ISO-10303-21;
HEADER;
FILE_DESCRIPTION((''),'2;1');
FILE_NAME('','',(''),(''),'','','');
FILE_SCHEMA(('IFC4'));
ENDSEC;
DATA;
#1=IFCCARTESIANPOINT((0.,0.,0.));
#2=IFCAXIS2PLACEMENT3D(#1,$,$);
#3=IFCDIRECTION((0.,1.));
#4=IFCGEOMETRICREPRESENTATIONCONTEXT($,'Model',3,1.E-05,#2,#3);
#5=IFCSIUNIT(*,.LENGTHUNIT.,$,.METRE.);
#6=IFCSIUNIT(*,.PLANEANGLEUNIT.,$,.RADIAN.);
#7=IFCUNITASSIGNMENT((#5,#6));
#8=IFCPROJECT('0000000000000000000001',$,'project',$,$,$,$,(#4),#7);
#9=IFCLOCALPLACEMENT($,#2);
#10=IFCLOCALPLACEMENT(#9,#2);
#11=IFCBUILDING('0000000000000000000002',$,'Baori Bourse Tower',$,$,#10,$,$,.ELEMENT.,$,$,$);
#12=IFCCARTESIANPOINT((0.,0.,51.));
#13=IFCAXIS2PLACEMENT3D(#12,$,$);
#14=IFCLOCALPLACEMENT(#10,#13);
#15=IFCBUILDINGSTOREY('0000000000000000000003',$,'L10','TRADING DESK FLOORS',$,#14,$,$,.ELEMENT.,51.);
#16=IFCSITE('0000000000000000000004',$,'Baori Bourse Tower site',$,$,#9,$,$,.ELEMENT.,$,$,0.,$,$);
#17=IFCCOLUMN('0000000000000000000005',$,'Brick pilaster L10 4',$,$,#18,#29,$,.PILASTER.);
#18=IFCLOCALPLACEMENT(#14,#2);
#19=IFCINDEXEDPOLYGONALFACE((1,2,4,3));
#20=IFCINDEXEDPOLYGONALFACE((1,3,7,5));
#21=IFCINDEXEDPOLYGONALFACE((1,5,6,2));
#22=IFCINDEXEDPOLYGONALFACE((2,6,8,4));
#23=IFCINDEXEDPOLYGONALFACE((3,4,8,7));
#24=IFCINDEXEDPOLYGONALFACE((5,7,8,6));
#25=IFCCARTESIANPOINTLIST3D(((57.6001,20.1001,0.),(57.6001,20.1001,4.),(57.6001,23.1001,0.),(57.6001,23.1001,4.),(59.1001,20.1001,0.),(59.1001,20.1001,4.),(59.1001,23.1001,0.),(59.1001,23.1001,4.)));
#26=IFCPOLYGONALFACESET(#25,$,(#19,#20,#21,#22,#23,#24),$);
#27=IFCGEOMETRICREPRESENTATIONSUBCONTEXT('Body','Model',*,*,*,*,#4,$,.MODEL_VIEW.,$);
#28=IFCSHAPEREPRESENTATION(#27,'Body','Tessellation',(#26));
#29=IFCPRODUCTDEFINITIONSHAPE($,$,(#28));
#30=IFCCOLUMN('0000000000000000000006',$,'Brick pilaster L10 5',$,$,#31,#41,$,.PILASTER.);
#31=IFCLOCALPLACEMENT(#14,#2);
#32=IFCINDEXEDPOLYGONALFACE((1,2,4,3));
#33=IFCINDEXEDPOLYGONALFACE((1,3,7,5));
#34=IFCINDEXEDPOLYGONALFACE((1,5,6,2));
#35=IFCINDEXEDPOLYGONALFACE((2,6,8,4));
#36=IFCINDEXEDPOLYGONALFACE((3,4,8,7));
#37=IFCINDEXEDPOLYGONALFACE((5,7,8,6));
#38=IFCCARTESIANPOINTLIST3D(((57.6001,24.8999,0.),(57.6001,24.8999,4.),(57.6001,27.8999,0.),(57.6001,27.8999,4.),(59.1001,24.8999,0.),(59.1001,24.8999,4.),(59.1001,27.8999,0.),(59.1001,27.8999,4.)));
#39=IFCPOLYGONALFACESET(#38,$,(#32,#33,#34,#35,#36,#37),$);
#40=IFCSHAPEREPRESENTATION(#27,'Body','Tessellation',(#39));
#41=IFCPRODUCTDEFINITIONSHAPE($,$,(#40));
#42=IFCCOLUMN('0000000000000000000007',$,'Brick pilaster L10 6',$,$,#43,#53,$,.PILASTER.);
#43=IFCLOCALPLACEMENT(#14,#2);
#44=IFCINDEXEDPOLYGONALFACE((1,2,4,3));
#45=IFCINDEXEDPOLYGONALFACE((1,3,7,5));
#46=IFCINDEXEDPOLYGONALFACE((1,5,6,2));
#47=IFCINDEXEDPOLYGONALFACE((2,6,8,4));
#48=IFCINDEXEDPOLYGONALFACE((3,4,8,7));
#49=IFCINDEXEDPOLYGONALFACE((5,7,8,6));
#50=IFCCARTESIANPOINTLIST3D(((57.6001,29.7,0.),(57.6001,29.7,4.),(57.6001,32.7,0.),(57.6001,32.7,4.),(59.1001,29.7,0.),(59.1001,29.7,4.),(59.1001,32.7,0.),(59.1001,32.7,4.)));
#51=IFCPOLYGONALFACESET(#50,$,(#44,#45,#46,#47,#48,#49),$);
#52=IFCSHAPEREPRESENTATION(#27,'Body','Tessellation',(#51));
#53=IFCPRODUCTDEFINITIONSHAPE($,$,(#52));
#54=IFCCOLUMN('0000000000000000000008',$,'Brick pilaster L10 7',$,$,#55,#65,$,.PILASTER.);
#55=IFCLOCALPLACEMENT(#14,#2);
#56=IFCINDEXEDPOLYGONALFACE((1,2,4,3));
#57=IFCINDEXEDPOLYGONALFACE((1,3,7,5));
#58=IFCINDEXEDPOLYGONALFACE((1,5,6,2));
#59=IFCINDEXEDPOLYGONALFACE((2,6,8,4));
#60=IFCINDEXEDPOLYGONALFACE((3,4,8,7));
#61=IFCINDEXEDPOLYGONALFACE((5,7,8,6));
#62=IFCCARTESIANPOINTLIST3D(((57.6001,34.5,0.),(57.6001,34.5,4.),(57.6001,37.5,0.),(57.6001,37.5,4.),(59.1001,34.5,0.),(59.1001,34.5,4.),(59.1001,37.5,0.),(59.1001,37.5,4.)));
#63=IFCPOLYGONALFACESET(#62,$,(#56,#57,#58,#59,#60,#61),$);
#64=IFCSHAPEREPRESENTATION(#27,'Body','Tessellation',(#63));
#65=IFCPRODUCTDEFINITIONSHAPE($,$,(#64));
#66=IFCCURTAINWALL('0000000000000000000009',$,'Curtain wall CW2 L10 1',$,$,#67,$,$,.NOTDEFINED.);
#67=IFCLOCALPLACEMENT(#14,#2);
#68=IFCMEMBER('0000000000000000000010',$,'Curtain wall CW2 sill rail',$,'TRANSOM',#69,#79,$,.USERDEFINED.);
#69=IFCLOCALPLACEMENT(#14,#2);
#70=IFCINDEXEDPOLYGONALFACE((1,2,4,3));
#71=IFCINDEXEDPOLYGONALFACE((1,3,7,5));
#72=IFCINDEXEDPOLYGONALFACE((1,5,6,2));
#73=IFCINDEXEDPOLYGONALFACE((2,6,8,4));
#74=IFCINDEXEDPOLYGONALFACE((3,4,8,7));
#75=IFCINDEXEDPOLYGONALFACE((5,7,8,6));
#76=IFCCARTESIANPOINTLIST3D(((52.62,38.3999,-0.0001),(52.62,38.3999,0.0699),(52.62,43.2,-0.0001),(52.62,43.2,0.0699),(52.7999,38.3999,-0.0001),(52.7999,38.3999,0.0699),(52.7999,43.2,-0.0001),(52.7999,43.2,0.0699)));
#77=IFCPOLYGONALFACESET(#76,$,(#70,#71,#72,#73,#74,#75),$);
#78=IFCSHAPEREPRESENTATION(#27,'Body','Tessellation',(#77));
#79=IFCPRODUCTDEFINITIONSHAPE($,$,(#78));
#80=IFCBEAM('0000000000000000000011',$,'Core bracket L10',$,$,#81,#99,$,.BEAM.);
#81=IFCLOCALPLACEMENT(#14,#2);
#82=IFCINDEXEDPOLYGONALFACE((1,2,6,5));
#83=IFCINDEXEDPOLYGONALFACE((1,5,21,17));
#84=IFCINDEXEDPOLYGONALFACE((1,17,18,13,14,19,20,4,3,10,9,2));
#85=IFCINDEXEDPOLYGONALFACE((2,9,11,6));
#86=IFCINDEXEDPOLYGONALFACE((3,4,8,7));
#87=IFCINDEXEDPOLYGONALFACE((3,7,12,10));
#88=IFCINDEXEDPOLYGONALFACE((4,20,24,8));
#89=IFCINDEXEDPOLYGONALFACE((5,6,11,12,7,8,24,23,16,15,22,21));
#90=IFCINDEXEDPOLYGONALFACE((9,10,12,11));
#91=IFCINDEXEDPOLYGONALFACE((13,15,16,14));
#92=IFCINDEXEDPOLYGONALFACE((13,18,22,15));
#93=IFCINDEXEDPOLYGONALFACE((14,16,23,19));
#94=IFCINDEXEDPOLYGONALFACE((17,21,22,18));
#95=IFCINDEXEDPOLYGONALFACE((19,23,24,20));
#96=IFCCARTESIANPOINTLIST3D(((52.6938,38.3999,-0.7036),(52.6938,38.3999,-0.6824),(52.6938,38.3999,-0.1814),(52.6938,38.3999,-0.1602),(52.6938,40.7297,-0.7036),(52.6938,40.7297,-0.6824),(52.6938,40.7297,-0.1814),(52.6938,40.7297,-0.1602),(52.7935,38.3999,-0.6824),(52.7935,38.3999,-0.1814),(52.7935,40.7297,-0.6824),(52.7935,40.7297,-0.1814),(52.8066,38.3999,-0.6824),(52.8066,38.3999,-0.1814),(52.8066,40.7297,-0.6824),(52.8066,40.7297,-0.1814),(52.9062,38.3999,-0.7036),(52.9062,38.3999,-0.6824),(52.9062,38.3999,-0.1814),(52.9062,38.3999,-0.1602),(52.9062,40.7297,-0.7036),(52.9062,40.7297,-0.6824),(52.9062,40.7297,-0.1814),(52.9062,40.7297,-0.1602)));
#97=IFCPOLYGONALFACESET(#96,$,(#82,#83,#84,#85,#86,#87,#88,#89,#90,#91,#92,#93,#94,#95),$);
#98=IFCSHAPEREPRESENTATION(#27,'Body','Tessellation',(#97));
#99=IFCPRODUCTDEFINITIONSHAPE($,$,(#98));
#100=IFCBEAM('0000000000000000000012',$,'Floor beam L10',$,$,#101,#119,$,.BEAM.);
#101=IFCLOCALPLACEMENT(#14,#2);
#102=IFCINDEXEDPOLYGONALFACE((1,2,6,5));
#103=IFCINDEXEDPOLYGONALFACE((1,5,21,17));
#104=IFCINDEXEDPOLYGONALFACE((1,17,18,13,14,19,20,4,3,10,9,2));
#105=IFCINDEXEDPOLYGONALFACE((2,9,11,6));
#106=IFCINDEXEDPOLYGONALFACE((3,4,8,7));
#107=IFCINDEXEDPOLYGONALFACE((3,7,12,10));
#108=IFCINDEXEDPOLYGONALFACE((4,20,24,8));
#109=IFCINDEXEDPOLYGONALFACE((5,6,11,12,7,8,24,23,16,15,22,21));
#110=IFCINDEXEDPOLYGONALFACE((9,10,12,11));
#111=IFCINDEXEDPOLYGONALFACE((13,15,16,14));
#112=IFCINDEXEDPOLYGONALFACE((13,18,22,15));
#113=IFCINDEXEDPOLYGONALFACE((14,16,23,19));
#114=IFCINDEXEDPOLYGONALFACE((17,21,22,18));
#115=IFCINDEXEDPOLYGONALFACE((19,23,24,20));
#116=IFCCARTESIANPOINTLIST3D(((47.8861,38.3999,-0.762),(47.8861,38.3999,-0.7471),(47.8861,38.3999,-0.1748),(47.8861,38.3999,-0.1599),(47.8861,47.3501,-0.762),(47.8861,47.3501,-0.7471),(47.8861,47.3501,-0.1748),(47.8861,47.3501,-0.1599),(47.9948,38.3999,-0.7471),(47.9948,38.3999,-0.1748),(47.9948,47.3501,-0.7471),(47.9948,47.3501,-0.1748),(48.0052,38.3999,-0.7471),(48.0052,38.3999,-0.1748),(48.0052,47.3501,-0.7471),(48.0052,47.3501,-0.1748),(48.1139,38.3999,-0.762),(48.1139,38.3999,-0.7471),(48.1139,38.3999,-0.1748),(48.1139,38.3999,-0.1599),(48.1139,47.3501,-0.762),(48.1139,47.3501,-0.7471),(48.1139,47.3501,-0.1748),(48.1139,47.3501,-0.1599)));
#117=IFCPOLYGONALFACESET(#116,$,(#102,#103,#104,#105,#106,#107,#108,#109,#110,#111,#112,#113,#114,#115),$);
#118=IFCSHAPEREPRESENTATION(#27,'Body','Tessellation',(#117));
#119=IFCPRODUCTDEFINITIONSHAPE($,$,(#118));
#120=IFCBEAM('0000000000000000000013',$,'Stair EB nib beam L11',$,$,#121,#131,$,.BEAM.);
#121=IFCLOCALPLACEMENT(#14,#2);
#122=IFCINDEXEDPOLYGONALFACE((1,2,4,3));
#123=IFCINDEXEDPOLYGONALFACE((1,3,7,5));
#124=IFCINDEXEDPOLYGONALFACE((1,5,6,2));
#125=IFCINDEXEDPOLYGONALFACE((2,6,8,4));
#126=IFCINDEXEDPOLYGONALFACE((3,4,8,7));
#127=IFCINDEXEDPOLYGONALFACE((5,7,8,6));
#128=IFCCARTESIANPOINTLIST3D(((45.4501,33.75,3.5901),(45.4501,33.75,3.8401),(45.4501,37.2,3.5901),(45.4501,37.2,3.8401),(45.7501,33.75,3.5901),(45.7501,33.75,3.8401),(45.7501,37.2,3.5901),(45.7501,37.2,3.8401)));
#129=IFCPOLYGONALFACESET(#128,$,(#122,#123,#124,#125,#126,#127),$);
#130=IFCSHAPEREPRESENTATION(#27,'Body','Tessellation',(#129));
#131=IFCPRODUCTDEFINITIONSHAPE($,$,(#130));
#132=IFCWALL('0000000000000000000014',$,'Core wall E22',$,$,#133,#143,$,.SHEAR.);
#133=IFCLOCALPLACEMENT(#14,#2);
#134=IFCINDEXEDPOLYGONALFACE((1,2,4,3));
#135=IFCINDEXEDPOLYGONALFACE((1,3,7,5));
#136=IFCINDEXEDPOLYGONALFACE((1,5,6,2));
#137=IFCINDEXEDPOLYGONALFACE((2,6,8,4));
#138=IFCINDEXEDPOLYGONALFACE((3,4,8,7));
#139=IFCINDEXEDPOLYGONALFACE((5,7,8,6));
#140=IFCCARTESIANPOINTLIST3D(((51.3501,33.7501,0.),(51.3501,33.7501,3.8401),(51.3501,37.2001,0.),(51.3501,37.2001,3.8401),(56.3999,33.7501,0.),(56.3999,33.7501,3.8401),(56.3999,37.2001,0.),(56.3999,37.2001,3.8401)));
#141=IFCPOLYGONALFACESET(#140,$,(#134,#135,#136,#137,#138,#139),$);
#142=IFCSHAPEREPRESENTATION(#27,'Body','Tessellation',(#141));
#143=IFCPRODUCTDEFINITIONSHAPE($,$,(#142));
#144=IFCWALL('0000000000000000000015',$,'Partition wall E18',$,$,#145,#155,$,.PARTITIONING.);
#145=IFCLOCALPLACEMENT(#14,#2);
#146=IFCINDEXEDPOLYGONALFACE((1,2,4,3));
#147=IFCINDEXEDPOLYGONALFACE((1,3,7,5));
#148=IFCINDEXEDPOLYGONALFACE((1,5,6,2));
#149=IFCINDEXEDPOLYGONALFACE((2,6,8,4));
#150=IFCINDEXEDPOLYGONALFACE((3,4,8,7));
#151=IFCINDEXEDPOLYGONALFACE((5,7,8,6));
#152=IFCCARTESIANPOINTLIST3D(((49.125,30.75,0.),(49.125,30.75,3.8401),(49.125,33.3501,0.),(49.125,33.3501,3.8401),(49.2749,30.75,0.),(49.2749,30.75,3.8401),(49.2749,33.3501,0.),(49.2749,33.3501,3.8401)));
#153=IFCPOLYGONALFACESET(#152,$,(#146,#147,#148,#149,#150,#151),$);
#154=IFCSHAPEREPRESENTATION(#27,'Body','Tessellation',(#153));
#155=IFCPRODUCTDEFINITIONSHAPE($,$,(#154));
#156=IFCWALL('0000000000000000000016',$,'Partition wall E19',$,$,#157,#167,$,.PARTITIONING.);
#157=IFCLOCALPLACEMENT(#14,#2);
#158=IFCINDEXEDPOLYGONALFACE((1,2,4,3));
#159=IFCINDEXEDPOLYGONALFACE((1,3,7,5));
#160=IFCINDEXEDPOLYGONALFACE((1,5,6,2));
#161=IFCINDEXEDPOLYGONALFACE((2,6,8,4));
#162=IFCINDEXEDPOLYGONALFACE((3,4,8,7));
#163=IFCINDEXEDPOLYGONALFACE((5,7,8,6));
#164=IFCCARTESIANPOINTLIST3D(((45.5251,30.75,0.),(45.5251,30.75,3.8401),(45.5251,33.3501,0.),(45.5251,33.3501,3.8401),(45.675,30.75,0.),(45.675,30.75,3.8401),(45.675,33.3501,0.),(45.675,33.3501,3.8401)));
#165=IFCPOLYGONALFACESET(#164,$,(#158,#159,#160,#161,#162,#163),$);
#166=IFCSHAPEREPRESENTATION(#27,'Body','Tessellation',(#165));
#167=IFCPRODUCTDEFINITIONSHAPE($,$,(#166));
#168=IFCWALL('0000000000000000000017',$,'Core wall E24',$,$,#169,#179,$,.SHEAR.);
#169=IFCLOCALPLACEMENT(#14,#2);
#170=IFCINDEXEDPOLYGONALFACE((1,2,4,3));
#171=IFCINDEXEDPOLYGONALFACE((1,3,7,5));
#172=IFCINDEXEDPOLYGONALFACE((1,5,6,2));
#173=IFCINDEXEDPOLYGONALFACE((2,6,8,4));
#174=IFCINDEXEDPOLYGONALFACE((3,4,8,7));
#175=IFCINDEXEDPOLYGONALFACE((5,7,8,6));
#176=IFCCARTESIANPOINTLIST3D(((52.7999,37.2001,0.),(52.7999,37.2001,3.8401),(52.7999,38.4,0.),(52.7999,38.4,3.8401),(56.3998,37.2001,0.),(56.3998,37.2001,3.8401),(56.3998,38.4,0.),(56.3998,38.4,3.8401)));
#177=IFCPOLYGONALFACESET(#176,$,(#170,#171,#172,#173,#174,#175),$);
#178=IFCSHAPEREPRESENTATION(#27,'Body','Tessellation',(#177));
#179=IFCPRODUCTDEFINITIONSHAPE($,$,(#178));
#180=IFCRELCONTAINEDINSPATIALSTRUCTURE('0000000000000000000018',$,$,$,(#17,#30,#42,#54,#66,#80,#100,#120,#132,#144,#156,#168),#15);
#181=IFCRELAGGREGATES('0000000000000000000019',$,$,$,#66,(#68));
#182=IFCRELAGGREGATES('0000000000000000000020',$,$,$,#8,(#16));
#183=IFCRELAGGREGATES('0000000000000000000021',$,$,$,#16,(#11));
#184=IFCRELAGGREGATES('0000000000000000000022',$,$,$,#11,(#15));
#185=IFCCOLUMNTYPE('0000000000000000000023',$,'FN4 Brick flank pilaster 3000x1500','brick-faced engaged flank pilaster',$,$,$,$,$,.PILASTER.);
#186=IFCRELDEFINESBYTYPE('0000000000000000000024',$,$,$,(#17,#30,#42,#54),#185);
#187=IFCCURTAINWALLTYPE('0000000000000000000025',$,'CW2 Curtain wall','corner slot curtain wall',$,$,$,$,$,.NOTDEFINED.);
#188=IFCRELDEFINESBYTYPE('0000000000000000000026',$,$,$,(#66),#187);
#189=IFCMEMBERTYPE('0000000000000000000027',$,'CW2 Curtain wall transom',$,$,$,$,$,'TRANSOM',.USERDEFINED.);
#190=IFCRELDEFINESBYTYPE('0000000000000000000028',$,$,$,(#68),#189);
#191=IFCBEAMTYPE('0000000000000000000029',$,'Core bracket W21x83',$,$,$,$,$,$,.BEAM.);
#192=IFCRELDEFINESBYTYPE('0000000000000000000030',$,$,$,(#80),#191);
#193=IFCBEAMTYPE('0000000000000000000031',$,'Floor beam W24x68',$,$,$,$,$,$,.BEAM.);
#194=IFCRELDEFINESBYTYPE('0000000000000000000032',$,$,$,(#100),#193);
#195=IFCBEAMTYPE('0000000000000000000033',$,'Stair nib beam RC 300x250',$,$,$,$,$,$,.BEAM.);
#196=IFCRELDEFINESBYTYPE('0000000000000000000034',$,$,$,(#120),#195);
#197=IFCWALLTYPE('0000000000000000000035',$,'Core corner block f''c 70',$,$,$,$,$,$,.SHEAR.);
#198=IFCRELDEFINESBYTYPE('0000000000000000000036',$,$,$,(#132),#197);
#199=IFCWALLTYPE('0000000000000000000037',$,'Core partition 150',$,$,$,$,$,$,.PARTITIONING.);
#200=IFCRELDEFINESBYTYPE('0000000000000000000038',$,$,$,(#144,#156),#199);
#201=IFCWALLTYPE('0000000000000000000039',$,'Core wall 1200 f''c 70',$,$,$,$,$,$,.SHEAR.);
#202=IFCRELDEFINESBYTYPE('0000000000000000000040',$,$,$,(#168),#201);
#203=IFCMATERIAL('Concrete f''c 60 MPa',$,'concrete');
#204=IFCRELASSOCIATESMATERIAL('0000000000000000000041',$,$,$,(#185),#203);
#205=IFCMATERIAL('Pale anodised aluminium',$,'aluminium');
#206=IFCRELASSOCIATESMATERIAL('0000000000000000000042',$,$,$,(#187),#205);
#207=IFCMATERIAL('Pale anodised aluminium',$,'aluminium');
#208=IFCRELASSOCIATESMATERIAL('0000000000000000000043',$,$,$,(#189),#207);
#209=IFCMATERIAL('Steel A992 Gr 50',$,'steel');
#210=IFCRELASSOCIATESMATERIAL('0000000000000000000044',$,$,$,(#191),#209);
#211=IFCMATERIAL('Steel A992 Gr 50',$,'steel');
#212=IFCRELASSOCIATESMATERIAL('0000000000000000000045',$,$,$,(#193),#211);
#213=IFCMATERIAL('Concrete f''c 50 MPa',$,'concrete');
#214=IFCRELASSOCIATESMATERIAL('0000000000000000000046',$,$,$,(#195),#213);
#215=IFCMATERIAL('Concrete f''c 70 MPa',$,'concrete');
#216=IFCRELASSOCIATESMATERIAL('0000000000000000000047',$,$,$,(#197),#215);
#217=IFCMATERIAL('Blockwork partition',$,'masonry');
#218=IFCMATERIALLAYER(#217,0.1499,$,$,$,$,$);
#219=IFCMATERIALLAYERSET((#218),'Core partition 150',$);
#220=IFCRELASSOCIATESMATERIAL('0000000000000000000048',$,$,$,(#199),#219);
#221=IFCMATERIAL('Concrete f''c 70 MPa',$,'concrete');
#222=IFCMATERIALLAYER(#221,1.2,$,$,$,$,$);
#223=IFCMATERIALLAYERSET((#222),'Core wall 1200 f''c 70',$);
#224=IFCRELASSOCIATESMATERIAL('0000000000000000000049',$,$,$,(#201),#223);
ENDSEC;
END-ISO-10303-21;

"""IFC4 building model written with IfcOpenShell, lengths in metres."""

from ifc_helpers import new_model, si_unit, direction, frame, frame_2d, origin, origin_2d, place, context, subcontext, project, spatial, rectangle, i_section, extrude, material, layer, layer_set, material_profile, profile_set, type_object, element, aggregate, save


model = new_model("IFC4")

# Units and contexts
model_context = context("Model", 3, precision=1e-05, world=origin(), true_north=direction((0.0, 1.0)))
body_context = subcontext(model_context, "Body", "Model", "MODEL_VIEW")
ifc_project = project(units=[si_unit("LENGTHUNIT", "METRE"), si_unit("PLANEANGLEUNIT", "RADIAN")], contexts=[model_context])

# Site, building, storey
site_placement = place(None, origin())
site = spatial("IfcSite", under=ifc_project, at=site_placement, Name="Baori Bourse Tower site", CompositionType="ELEMENT", RefElevation=0.0)
building_placement = place(site_placement, origin())
building = spatial("IfcBuilding", under=site, at=building_placement, Name="Baori Bourse Tower", CompositionType="ELEMENT")
storey_placement = place(building_placement, frame((0.0, 0.0, 51.0)))
storey = spatial("IfcBuildingStorey", under=building, at=storey_placement, Name="L10", Description="TRADING DESK FLOORS", CompositionType="ELEMENT", Elevation=51.0)

# Columns
ifc_material_1 = material(Name="Concrete f'c 60 MPa", Category="concrete")
ifc_material_profile_1 = material_profile(ifc_material_1, rectangle(XDim=3.0, YDim=1.5, at=origin_2d()), Name="RC 3000x1500")
ifc_profile_set_1 = profile_set([ifc_material_profile_1], Name="Concrete f'c 60 MPa")
column_type = type_object("IfcColumnType", Name="FN4 Brick flank pilaster 3000x1500", Description="brick-faced engaged flank pilaster", PredefinedType="PILASTER", material=ifc_profile_set_1)
for number, where, z_axis, x_axis, name in (
    (1, (58.3501, 21.6001, 0.0), (0.0, 0.0, 1.0), (0.0, 1.0, 0.0), "Brick pilaster L10 4"),
    (2, (58.3501, 26.3999, 0.0), (0.0, 0.0, 1.0), (0.0, 1.0, 0.0), "Brick pilaster L10 5"),
    (3, (58.3501, 31.2, 0.0), (0.0, 0.0, 1.0), (0.0, 1.0, 0.0), "Brick pilaster L10 6"),
    (4, (58.3501, 36.0, 0.0), (0.0, 0.0, 1.0), (0.0, 1.0, 0.0), "Brick pilaster L10 7"),
):
    element("IfcColumn", number, at=place(storey_placement, frame(where, z_axis=z_axis, x_axis=x_axis)), inside=storey, type_object=column_type, Name=name, PredefinedType="PILASTER", context=body_context, shape_type="SweptSolid", body=[
        extrude(rectangle(XDim=3.0, YDim=1.5, at=origin_2d()), origin(), (0.0, 0.0, 1.0), 4.0),
    ])

# Curtain wall, member
ifc_material_2 = material(Name="Pale anodised aluminium", Category="aluminium")
curtain_wall_type = type_object("IfcCurtainWallType", Name="CW2 Curtain wall", Description="corner slot curtain wall", PredefinedType="NOTDEFINED", material=ifc_material_2)
curtain_wall_placement = place(storey_placement, origin())
curtain_wall = element("IfcCurtainWall", 5, at=curtain_wall_placement, inside=storey, type_object=curtain_wall_type, Name="Curtain wall CW2 L10 1", PredefinedType="NOTDEFINED")
ifc_material_3 = material(Name="Pale anodised aluminium", Category="aluminium")
ifc_material_profile_2 = material_profile(ifc_material_3, rectangle(XDim=0.1799, YDim=0.0701, at=origin_2d()), Name="Transom 70x180")
ifc_profile_set_2 = profile_set([ifc_material_profile_2], Name="Pale anodised aluminium")
member_type = type_object("IfcMemberType", Name="CW2 Curtain wall transom", ElementType="TRANSOM", PredefinedType="USERDEFINED", material=ifc_profile_set_2)
member_placement = place(storey_placement, frame((52.71, 38.3999, 0.0349), z_axis=(0.0, 1.0, 0.0), x_axis=(-1.0, 0.0, 0.0)))
member = element("IfcMember", 6, at=member_placement, type_object=member_type, Name="Curtain wall CW2 sill rail", ObjectType="TRANSOM", PredefinedType="USERDEFINED", context=body_context, shape_type="SweptSolid", body=[
    extrude(rectangle(XDim=0.1799, YDim=0.0701, at=origin_2d()), origin(), (0.0, 0.0, 1.0), 4.8),
])
aggregate(curtain_wall, [member])

# Beams
ifc_material_4 = material(Name="Steel A992 Gr 50", Category="steel")
ifc_material_profile_3 = material_profile(ifc_material_4, i_section(OverallWidth=0.2124, OverallDepth=0.5435, WebThickness=0.0132, FlangeThickness=0.0212, at=origin_2d()), Name="W21x83")
ifc_profile_set_3 = profile_set([ifc_material_profile_3], Name="Steel A992 Gr 50")
beam_type_1 = type_object("IfcBeamType", Name="Core bracket W21x83", PredefinedType="BEAM", material=ifc_profile_set_3)
beam_1_placement = place(storey_placement, frame((52.8, 38.3999, -0.4319), z_axis=(0.0, 1.0, 0.0), x_axis=(-1.0, 0.0, 0.0)))
element("IfcBeam", 7, at=beam_1_placement, inside=storey, type_object=beam_type_1, Name="Core bracket L10", PredefinedType="BEAM", context=body_context, shape_type="SweptSolid", body=[
    extrude(i_section(OverallWidth=0.2124, OverallDepth=0.5435, WebThickness=0.0132, FlangeThickness=0.0212, at=origin_2d()), origin(), (0.0, 0.0, 1.0), 2.3298),
])
ifc_material_5 = material(Name="Steel A992 Gr 50", Category="steel")
ifc_material_profile_4 = material_profile(ifc_material_5, i_section(OverallWidth=0.2278, OverallDepth=0.6021, WebThickness=0.0105, FlangeThickness=0.0149, at=origin_2d()), Name="W24x68")
ifc_profile_set_4 = profile_set([ifc_material_profile_4], Name="Steel A992 Gr 50")
beam_type_2 = type_object("IfcBeamType", Name="Floor beam W24x68", PredefinedType="BEAM", material=ifc_profile_set_4)
beam_2_placement = place(storey_placement, frame((48.0, 38.3999, -0.4609), z_axis=(0.0, 1.0, 0.0), x_axis=(-1.0, 0.0, 0.0)))
element("IfcBeam", 8, at=beam_2_placement, inside=storey, type_object=beam_type_2, Name="Floor beam L10", PredefinedType="BEAM", context=body_context, shape_type="SweptSolid", body=[
    extrude(i_section(OverallWidth=0.2278, OverallDepth=0.6021, WebThickness=0.0105, FlangeThickness=0.0149, at=origin_2d()), origin(), (0.0, 0.0, 1.0), 8.9502),
])
ifc_material_6 = material(Name="Concrete f'c 50 MPa", Category="concrete")
ifc_material_profile_5 = material_profile(ifc_material_6, rectangle(XDim=0.3, YDim=0.25, at=origin_2d()), Name="RC 300x250")
ifc_profile_set_5 = profile_set([ifc_material_profile_5], Name="Concrete f'c 50 MPa")
beam_type_3 = type_object("IfcBeamType", Name="Stair nib beam RC 300x250", PredefinedType="BEAM", material=ifc_profile_set_5)
beam_3_placement = place(storey_placement, frame((45.6001, 33.75, 3.7151), z_axis=(0.0, 1.0, 0.0), x_axis=(-1.0, 0.0, 0.0)))
element("IfcBeam", 9, at=beam_3_placement, inside=storey, type_object=beam_type_3, Name="Stair EB nib beam L11", PredefinedType="BEAM", context=body_context, shape_type="SweptSolid", body=[
    extrude(rectangle(XDim=0.3, YDim=0.25, at=origin_2d()), origin(), (0.0, 0.0, 1.0), 3.45),
])

# Walls
ifc_material_7 = material(Name="Concrete f'c 70 MPa", Category="concrete")
wall_type_1 = type_object("IfcWallType", Name="Core corner block f'c 70", PredefinedType="SHEAR", material=ifc_material_7)
wall_1_placement = place(storey_placement, frame((51.3501, 35.4751, 0.0), z_axis=(0.0, 0.0, 1.0), x_axis=(1.0, 0.0, 0.0)))
element("IfcWall", 10, at=wall_1_placement, inside=storey, type_object=wall_type_1, Name="Core wall E22", PredefinedType="SHEAR", context=body_context, shape_type="SweptSolid", body=[
    extrude(rectangle(XDim=5.0498, YDim=3.45, at=frame_2d((2.5249, 0.0))), origin(), (0.0, 0.0, 1.0), 3.8401),
])
ifc_material_8 = material(Name="Blockwork partition", Category="masonry")
ifc_layer_1 = layer(ifc_material_8, 0.1499)
ifc_layer_set_1 = layer_set([ifc_layer_1], Name="Core partition 150")
wall_type_2 = type_object("IfcWallType", Name="Core partition 150", PredefinedType="PARTITIONING", material=ifc_layer_set_1)
for number, where, z_axis, x_axis, name in (
    (11, (49.2, 30.75, 0.0), (0.0, 0.0, 1.0), (0.0, 1.0, 0.0), "Partition wall E18"),
    (12, (45.6001, 30.75, 0.0), (0.0, 0.0, 1.0), (0.0, 1.0, 0.0), "Partition wall E19"),
):
    element("IfcWall", number, at=place(storey_placement, frame(where, z_axis=z_axis, x_axis=x_axis)), inside=storey, type_object=wall_type_2, Name=name, PredefinedType="PARTITIONING", context=body_context, shape_type="SweptSolid", body=[
        extrude(rectangle(XDim=2.6001, YDim=0.1499, at=frame_2d((1.3, 0.0))), origin(), (0.0, 0.0, 1.0), 3.8401),
    ])
ifc_material_9 = material(Name="Concrete f'c 70 MPa", Category="concrete")
ifc_layer_2 = layer(ifc_material_9, 1.2)
ifc_layer_set_2 = layer_set([ifc_layer_2], Name="Core wall 1200 f'c 70")
wall_type_3 = type_object("IfcWallType", Name="Core wall 1200 f'c 70", PredefinedType="SHEAR", material=ifc_layer_set_2)
wall_2_placement = place(storey_placement, frame((52.8, 37.8, 0.0), z_axis=(0.0, 0.0, 1.0), x_axis=(1.0, 0.0, 0.0)))
element("IfcWall", 13, at=wall_2_placement, inside=storey, type_object=wall_type_3, Name="Core wall E24", PredefinedType="SHEAR", context=body_context, shape_type="SweptSolid", body=[
    extrude(rectangle(XDim=3.5999, YDim=1.2, at=frame_2d((1.7998, 0.0))), origin(), (0.0, 0.0, 1.0), 3.8401),
])

save(model, "model.ifc")
